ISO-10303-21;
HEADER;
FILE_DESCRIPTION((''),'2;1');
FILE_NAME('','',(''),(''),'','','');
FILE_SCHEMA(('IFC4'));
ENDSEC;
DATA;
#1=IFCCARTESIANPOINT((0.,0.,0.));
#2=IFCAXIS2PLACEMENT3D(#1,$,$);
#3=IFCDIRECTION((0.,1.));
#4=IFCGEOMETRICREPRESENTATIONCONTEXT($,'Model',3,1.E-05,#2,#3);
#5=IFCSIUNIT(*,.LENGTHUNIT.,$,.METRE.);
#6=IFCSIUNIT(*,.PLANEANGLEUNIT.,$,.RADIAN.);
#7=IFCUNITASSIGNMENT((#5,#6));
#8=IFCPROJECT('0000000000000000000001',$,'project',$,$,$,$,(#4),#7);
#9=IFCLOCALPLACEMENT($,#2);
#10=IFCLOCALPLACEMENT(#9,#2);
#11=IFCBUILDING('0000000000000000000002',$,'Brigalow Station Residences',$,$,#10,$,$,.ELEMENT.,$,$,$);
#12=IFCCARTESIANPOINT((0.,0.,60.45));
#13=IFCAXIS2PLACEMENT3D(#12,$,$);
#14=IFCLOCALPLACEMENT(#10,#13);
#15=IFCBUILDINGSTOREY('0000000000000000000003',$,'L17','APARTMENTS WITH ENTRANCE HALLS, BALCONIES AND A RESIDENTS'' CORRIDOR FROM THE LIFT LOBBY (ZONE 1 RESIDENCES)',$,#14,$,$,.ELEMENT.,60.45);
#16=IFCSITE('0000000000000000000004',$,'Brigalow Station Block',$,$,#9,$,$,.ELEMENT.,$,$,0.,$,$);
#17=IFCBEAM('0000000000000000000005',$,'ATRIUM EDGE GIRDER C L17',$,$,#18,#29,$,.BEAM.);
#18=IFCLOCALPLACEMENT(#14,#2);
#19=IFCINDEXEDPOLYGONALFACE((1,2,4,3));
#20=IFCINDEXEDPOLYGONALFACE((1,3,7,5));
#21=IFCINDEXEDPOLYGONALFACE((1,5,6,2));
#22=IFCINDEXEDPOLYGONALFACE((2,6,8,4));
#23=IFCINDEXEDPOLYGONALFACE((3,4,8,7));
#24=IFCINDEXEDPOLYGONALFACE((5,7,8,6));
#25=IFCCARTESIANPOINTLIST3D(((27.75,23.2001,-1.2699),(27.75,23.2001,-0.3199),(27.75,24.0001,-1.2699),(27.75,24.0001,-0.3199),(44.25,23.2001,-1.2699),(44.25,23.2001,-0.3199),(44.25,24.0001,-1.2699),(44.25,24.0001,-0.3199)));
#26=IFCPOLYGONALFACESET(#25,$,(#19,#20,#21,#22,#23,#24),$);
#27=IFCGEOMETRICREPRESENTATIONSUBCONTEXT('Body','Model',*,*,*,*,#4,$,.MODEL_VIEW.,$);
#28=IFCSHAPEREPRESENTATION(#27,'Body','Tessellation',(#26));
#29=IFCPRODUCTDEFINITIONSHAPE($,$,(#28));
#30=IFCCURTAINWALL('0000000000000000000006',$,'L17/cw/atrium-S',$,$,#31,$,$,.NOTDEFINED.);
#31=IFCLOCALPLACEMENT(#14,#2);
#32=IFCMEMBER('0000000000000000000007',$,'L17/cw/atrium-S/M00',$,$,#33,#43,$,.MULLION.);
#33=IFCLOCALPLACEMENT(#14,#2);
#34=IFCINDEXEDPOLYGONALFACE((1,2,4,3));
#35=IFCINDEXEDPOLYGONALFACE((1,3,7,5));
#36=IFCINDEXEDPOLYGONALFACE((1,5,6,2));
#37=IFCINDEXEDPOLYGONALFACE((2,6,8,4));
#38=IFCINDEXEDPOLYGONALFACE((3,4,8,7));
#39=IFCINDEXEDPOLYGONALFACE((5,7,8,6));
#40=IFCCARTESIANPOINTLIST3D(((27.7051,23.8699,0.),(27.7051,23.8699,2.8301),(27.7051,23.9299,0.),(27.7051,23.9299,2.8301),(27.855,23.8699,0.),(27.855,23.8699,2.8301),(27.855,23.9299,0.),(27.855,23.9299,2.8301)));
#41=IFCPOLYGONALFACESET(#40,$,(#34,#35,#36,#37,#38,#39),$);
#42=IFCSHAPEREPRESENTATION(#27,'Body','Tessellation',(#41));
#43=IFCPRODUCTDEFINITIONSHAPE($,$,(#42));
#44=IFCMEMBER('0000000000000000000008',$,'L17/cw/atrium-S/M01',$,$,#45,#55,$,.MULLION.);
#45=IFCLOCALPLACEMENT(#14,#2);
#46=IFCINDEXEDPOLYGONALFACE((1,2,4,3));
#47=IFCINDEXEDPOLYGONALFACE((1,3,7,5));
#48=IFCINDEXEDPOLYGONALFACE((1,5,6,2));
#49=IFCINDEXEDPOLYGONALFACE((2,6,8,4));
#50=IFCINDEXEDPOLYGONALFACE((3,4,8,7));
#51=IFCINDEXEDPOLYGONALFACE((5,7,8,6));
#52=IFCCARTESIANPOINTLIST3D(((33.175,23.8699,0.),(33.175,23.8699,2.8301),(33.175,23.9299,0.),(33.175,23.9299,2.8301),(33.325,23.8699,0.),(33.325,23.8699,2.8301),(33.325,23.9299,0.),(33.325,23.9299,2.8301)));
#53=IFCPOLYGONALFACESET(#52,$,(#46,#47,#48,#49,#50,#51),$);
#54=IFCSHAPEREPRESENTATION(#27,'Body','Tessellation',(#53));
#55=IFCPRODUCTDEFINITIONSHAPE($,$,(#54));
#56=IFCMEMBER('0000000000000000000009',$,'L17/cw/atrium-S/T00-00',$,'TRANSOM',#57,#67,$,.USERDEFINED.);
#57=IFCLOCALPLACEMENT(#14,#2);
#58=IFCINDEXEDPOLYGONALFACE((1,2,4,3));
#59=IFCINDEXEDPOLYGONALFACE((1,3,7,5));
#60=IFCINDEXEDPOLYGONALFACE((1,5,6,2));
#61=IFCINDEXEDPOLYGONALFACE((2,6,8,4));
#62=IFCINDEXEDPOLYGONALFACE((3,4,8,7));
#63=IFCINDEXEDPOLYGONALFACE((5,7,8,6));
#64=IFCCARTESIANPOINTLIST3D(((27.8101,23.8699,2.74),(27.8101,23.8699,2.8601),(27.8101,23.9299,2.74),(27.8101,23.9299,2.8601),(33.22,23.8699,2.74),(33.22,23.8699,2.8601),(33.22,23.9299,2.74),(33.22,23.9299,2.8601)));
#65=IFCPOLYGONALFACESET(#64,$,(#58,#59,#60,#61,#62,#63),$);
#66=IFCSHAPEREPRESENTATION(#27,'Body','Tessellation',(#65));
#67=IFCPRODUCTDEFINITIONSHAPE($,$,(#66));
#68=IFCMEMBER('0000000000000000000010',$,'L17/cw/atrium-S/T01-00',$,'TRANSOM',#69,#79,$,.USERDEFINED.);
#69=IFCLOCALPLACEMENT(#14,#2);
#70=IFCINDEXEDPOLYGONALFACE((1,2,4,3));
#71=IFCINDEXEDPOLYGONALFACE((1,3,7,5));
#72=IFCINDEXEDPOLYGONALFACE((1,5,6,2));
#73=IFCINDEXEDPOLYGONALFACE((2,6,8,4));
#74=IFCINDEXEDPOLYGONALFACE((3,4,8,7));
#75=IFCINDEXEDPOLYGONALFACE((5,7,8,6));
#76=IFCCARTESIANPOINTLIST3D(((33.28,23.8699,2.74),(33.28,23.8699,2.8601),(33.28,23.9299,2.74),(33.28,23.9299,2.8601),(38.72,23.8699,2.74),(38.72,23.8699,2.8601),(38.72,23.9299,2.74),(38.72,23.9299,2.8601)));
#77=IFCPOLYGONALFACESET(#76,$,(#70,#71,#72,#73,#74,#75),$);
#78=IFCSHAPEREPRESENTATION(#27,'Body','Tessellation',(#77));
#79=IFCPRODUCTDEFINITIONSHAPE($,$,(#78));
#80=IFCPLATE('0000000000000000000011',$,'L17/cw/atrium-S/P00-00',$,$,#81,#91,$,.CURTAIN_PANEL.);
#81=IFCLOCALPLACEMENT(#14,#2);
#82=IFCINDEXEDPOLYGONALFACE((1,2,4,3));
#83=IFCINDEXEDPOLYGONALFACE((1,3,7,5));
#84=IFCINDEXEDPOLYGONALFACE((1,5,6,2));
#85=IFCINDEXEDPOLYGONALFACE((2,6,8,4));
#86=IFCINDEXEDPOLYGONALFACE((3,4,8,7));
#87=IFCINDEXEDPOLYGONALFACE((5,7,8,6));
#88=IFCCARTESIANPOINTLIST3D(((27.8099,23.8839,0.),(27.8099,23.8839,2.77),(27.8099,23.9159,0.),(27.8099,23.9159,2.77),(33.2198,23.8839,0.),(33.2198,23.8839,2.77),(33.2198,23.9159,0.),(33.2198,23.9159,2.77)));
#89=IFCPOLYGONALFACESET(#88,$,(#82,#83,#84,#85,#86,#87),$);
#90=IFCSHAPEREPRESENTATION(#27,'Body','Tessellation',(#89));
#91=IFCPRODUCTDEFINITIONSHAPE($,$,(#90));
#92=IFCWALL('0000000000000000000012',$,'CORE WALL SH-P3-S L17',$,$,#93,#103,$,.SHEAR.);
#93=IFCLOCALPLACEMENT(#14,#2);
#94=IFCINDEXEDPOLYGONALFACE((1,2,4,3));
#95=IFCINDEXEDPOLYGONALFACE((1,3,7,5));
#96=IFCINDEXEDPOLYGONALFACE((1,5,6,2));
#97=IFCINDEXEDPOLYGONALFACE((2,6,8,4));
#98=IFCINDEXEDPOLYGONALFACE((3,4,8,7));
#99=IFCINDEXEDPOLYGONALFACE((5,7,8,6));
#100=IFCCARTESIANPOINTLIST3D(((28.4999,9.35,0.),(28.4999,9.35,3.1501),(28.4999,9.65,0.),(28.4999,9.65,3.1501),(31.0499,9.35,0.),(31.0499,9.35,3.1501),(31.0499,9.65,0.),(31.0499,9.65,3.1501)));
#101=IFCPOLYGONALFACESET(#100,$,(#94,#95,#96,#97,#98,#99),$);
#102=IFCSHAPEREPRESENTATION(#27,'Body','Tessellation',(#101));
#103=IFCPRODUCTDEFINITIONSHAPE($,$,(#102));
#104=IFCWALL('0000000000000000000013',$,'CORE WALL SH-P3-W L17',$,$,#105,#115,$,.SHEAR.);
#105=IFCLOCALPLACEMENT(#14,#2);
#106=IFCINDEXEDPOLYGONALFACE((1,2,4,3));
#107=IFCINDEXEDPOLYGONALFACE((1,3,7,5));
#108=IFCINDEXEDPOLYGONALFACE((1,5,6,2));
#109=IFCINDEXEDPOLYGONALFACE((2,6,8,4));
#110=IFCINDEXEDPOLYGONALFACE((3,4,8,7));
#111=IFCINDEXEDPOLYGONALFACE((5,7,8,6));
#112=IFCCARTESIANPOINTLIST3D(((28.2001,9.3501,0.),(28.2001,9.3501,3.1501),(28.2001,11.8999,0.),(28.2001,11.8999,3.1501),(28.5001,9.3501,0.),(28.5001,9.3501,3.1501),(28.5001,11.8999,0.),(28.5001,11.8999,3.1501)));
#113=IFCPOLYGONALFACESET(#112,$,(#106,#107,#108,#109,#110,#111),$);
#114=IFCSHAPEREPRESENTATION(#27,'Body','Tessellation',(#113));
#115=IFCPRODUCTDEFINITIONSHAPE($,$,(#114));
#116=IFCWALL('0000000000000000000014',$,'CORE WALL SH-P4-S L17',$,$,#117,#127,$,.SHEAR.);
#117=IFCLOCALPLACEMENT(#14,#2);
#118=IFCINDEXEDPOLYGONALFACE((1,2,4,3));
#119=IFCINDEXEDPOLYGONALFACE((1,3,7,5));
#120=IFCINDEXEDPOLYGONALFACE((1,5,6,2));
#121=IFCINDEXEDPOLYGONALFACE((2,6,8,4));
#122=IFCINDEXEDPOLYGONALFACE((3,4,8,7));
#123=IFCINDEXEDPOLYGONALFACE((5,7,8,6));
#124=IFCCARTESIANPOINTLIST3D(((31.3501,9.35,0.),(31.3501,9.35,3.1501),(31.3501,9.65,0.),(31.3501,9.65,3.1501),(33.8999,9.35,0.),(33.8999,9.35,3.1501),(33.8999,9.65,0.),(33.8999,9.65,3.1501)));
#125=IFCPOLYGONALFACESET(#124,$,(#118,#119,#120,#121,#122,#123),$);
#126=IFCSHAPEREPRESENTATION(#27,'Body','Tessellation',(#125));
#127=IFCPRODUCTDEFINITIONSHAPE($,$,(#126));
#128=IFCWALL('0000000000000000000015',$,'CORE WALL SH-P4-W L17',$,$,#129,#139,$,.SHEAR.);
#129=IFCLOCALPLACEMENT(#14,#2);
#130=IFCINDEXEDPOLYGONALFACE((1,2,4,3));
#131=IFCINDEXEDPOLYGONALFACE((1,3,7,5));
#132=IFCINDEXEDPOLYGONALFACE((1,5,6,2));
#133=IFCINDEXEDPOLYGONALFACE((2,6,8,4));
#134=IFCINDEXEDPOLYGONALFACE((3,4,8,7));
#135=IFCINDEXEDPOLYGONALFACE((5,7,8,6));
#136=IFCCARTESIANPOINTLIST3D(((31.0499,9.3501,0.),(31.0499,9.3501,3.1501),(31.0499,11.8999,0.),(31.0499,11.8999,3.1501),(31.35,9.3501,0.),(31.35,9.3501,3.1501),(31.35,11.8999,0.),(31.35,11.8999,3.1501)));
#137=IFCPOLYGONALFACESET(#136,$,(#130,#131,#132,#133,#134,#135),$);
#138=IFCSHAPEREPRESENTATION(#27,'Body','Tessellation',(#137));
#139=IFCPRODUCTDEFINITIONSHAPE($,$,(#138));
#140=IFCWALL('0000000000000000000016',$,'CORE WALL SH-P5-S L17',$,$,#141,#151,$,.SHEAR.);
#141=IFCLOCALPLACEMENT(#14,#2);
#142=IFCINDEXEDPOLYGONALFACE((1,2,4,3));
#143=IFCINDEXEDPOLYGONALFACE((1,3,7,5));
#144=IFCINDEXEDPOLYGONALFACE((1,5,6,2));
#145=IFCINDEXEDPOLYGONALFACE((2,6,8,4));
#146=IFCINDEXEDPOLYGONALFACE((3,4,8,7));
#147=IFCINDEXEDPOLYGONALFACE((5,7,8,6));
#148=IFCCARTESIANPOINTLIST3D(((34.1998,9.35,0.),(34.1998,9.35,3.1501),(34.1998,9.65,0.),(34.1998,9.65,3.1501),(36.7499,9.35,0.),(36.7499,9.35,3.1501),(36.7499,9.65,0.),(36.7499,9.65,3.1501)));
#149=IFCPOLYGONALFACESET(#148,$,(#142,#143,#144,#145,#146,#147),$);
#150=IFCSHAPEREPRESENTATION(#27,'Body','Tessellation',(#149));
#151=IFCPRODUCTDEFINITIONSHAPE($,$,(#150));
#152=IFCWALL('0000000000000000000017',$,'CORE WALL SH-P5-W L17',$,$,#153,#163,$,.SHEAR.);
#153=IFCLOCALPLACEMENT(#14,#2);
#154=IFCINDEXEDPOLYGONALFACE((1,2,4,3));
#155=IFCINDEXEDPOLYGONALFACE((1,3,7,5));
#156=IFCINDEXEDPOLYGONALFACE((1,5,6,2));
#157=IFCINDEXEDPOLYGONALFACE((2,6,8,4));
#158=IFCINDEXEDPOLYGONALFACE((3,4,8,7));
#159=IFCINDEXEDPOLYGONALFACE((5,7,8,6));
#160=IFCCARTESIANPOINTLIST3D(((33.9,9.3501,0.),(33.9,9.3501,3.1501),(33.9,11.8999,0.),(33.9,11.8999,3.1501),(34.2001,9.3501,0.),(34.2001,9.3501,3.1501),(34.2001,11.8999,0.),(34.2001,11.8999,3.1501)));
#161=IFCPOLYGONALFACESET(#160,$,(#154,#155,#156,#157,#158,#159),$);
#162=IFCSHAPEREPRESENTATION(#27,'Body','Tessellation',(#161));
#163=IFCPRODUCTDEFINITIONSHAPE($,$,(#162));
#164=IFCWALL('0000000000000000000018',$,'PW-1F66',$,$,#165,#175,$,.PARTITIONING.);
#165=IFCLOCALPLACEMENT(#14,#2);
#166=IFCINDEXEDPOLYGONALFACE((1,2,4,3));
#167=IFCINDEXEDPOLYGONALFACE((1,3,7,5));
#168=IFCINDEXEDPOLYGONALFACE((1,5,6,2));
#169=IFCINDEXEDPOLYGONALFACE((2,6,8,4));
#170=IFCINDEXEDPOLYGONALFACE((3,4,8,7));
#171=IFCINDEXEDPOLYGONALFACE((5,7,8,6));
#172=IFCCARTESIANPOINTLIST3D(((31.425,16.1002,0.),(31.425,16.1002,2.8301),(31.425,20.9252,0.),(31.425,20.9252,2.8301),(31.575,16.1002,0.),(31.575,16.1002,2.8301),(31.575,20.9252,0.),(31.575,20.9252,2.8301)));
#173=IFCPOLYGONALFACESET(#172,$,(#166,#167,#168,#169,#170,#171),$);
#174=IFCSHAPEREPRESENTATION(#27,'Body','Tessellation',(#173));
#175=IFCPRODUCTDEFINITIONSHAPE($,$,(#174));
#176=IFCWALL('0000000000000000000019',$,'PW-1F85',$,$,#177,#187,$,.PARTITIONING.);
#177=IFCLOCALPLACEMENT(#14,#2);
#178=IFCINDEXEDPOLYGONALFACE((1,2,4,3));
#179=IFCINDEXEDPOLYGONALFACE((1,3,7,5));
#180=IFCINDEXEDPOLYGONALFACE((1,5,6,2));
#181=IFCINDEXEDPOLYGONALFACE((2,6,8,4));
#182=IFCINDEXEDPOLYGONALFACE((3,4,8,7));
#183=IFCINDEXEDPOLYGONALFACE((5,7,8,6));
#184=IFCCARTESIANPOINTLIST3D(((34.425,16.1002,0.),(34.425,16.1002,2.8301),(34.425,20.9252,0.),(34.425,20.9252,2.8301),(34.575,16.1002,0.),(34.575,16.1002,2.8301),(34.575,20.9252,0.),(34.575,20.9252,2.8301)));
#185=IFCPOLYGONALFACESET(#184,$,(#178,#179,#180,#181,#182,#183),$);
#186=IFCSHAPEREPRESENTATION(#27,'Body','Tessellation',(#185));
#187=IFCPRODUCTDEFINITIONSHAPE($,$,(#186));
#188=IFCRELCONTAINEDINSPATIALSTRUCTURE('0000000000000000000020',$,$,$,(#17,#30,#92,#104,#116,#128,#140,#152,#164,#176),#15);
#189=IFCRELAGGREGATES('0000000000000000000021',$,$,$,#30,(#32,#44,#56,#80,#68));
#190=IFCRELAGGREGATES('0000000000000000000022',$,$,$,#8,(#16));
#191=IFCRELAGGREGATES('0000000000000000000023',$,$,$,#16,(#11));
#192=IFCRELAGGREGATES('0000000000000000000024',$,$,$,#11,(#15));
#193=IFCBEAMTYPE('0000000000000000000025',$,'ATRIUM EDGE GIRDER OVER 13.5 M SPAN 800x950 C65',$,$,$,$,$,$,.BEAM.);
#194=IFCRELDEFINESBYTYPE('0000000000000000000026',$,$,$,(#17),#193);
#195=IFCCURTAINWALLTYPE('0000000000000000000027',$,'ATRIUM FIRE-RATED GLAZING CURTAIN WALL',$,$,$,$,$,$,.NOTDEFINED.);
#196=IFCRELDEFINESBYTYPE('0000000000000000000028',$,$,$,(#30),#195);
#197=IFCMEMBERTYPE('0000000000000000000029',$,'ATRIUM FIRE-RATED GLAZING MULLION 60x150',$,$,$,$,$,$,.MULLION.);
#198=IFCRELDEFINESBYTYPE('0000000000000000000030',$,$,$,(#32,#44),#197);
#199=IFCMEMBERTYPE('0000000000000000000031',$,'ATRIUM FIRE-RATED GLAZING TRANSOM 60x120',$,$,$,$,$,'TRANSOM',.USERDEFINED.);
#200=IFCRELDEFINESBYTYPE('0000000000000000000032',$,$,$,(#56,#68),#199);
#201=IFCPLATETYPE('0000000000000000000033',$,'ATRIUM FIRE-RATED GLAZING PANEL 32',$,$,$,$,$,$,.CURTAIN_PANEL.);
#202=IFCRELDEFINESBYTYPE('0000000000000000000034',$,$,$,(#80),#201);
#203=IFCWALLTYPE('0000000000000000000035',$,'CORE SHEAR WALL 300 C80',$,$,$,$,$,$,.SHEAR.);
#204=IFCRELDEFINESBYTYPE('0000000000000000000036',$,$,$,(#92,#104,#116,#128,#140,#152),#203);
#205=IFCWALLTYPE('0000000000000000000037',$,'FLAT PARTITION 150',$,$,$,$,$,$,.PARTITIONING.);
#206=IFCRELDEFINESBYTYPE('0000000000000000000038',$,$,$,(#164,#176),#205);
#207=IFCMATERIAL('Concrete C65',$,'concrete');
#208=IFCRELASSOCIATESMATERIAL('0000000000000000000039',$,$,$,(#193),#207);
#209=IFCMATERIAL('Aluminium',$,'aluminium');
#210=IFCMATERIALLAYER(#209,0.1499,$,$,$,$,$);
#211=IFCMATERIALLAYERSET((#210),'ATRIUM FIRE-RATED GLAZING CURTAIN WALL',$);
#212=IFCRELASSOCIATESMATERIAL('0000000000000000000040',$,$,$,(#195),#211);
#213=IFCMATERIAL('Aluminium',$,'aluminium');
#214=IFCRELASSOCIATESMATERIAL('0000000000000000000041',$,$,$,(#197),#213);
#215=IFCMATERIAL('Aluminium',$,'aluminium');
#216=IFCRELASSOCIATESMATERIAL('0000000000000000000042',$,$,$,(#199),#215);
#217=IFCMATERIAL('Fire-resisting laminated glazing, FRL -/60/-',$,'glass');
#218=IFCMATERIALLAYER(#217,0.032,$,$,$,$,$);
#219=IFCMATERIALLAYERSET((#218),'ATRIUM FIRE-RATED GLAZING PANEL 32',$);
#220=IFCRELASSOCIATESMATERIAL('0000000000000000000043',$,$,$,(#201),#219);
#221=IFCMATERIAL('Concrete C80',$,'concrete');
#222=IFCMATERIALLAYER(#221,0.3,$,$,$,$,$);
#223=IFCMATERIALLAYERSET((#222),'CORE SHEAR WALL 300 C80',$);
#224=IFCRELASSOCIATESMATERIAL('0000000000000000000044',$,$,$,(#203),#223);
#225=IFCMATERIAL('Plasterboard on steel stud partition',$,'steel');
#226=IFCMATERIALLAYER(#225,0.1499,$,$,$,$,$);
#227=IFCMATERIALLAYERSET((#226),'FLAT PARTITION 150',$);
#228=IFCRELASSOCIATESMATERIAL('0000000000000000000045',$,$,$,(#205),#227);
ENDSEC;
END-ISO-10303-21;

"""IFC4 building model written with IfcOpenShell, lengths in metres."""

from ifc_helpers import new_model, si_unit, direction, frame, frame_2d, origin, origin_2d, place, context, subcontext, project, spatial, rectangle, extrude, material, layer, layer_set, material_profile, profile_set, type_object, element, aggregate, save


model = new_model("IFC4")

# Units and contexts
model_context = context("Model", 3, precision=1e-05, world=origin(), true_north=direction((0.0, 1.0)))
body_context = subcontext(model_context, "Body", "Model", "MODEL_VIEW")
ifc_project = project(units=[si_unit("LENGTHUNIT", "METRE"), si_unit("PLANEANGLEUNIT", "RADIAN")], contexts=[model_context])

# Site, building, storey
site_placement = place(None, origin())
site = spatial("IfcSite", under=ifc_project, at=site_placement, Name="Brigalow Station Block", CompositionType="ELEMENT", RefElevation=0.0)
building_placement = place(site_placement, origin())
building = spatial("IfcBuilding", under=site, at=building_placement, Name="Brigalow Station Residences", CompositionType="ELEMENT")
storey_placement = place(building_placement, frame((0.0, 0.0, 60.45)))
storey = spatial("IfcBuildingStorey", under=building, at=storey_placement, Name="L17", Description="APARTMENTS WITH ENTRANCE HALLS, BALCONIES AND A RESIDENTS' CORRIDOR FROM THE LIFT LOBBY (ZONE 1 RESIDENCES)", CompositionType="ELEMENT", Elevation=60.45)

# Beam
ifc_material_1 = material(Name="Concrete C65", Category="concrete")
ifc_material_profile_1 = material_profile(ifc_material_1, rectangle(XDim=0.8, YDim=0.95, at=origin_2d()), Name="RC800x950")
ifc_profile_set_1 = profile_set([ifc_material_profile_1], Name="Concrete C65")
beam_type = type_object("IfcBeamType", Name="ATRIUM EDGE GIRDER OVER 13.5 M SPAN 800x950 C65", PredefinedType="BEAM", material=ifc_profile_set_1)
beam_placement = place(storey_placement, frame((27.75, 23.6001, -0.7949), z_axis=(1.0, 0.0, 0.0), x_axis=(0.0, 1.0, 0.0)))
element("IfcBeam", 1, at=beam_placement, inside=storey, type_object=beam_type, Name="ATRIUM EDGE GIRDER C L17", PredefinedType="BEAM", context=body_context, shape_type="SweptSolid", body=[
    extrude(rectangle(XDim=0.8, YDim=0.95, at=origin_2d()), origin(), (0.0, 0.0, 1.0), 16.5),
])

# Curtain wall, members, plate
ifc_material_2 = material(Name="Aluminium", Category="aluminium")
ifc_layer_1 = layer(ifc_material_2, 0.1499)
ifc_layer_set_1 = layer_set([ifc_layer_1], Name="ATRIUM FIRE-RATED GLAZING CURTAIN WALL")
curtain_wall_type = type_object("IfcCurtainWallType", Name="ATRIUM FIRE-RATED GLAZING CURTAIN WALL", PredefinedType="NOTDEFINED", material=ifc_layer_set_1)
curtain_wall_placement = place(storey_placement, origin())
curtain_wall = element("IfcCurtainWall", 2, at=curtain_wall_placement, inside=storey, type_object=curtain_wall_type, Name="L17/cw/atrium-S", PredefinedType="NOTDEFINED")
ifc_material_3 = material(Name="Aluminium", Category="aluminium")
ifc_material_profile_2 = material_profile(ifc_material_3, rectangle(XDim=0.0601, YDim=0.1499, at=origin_2d()), Name="ATRIUM FIRE-RATED GLAZING MULLION 60x150")
ifc_profile_set_2 = profile_set([ifc_material_profile_2], Name="Aluminium")
member_type_1 = type_object("IfcMemberType", Name="ATRIUM FIRE-RATED GLAZING MULLION 60x150", PredefinedType="MULLION", material=ifc_profile_set_2)
member_1_placement = place(storey_placement, frame((27.78, 23.8999, 0.0), z_axis=(0.0, 0.0, 1.0), x_axis=(0.0, 1.0, 0.0)))
member_1 = element("IfcMember", 3, at=member_1_placement, type_object=member_type_1, Name="L17/cw/atrium-S/M00", PredefinedType="MULLION", context=body_context, shape_type="SweptSolid", body=[
    extrude(rectangle(XDim=0.0601, YDim=0.1499, at=origin_2d()), origin(), (0.0, 0.0, 1.0), 2.8301),
])
member_2_placement = place(storey_placement, frame((33.25, 23.8999, 0.0), z_axis=(0.0, 0.0, 1.0), x_axis=(0.0, 1.0, 0.0)))
member_2 = element("IfcMember", 4, at=member_2_placement, type_object=member_type_1, Name="L17/cw/atrium-S/M01", PredefinedType="MULLION", context=body_context, shape_type="SweptSolid", body=[
    extrude(rectangle(XDim=0.0601, YDim=0.1499, at=origin_2d()), origin(), (0.0, 0.0, 1.0), 2.8301),
])
ifc_material_4 = material(Name="Aluminium", Category="aluminium")
ifc_material_profile_3 = material_profile(ifc_material_4, rectangle(XDim=0.0601, YDim=0.1201, at=origin_2d()), Name="ATRIUM FIRE-RATED GLAZING TRANSOM 60x120")
ifc_profile_set_3 = profile_set([ifc_material_profile_3], Name="Aluminium")
member_type_2 = type_object("IfcMemberType", Name="ATRIUM FIRE-RATED GLAZING TRANSOM 60x120", ElementType="TRANSOM", PredefinedType="USERDEFINED", material=ifc_profile_set_3)
member_3_placement = place(storey_placement, frame((27.8101, 23.8999, 2.8), z_axis=(1.0, 0.0, 0.0), x_axis=(0.0, 1.0, 0.0)))
member_3 = element("IfcMember", 5, at=member_3_placement, type_object=member_type_2, Name="L17/cw/atrium-S/T00-00", ObjectType="TRANSOM", PredefinedType="USERDEFINED", context=body_context, shape_type="SweptSolid", body=[
    extrude(rectangle(XDim=0.0601, YDim=0.1201, at=origin_2d()), origin(), (0.0, 0.0, 1.0), 5.4099),
])
member_4_placement = place(storey_placement, frame((33.28, 23.8999, 2.8), z_axis=(1.0, 0.0, 0.0), x_axis=(0.0, 1.0, 0.0)))
member_4 = element("IfcMember", 6, at=member_4_placement, type_object=member_type_2, Name="L17/cw/atrium-S/T01-00", ObjectType="TRANSOM", PredefinedType="USERDEFINED", context=body_context, shape_type="SweptSolid", body=[
    extrude(rectangle(XDim=0.0601, YDim=0.1201, at=origin_2d()), origin(), (0.0, 0.0, 1.0), 5.4399),
])
ifc_material_5 = material(Name="Fire-resisting laminated glazing, FRL -/60/-", Category="glass")
ifc_layer_2 = layer(ifc_material_5, 0.032)
ifc_layer_set_2 = layer_set([ifc_layer_2], Name="ATRIUM FIRE-RATED GLAZING PANEL 32")
plate_type = type_object("IfcPlateType", Name="ATRIUM FIRE-RATED GLAZING PANEL 32", PredefinedType="CURTAIN_PANEL", material=ifc_layer_set_2)
plate_placement = place(storey_placement, frame((30.5149, 23.8999, 0.0), z_axis=(0.0, 0.0, 1.0), x_axis=(1.0, 0.0, 0.0)))
plate = element("IfcPlate", 7, at=plate_placement, type_object=plate_type, Name="L17/cw/atrium-S/P00-00", PredefinedType="CURTAIN_PANEL", context=body_context, shape_type="SweptSolid", body=[
    extrude(rectangle(XDim=5.4099, YDim=0.032, at=origin_2d()), origin(), (0.0, 0.0, 1.0), 2.77),
])
aggregate(curtain_wall, [member_1, member_2, member_3, plate, member_4])

# Walls
ifc_material_6 = material(Name="Concrete C80", Category="concrete")
ifc_layer_3 = layer(ifc_material_6, 0.3)
ifc_layer_set_3 = layer_set([ifc_layer_3], Name="CORE SHEAR WALL 300 C80")
wall_type_1 = type_object("IfcWallType", Name="CORE SHEAR WALL 300 C80", PredefinedType="SHEAR", material=ifc_layer_set_3)
wall_1_placement = place(storey_placement, frame((28.5, 9.5, 0.0), z_axis=(0.0, 0.0, 1.0), x_axis=(1.0, 0.0, 0.0)))
element("IfcWall", 8, at=wall_1_placement, inside=storey, type_object=wall_type_1, Name="CORE WALL SH-P3-S L17", PredefinedType="SHEAR", context=body_context, shape_type="SweptSolid", body=[
    extrude(rectangle(XDim=2.55, YDim=0.3, at=frame_2d((1.2749, 0.0))), origin(), (0.0, 0.0, 1.0), 3.1501),
])
for number, where, z_axis, x_axis, name in (
    (9, (28.3501, 9.3501, 0.0), (0.0, 0.0, 1.0), (0.0, 1.0, 0.0), "CORE WALL SH-P3-W L17"),
    (10, (31.3501, 9.5, 0.0), (0.0, 0.0, 1.0), (1.0, 0.0, 0.0), "CORE WALL SH-P4-S L17"),
    (11, (31.2, 9.3501, 0.0), (0.0, 0.0, 1.0), (0.0, 1.0, 0.0), "CORE WALL SH-P4-W L17"),
):
    element("IfcWall", number, at=place(storey_placement, frame(where, z_axis=z_axis, x_axis=x_axis)), inside=storey, type_object=wall_type_1, Name=name, PredefinedType="SHEAR", context=body_context, shape_type="SweptSolid", body=[
        extrude(rectangle(XDim=2.5498, YDim=0.3, at=frame_2d((1.2749, 0.0))), origin(), (0.0, 0.0, 1.0), 3.1501),
    ])
wall_2_placement = place(storey_placement, frame((34.2, 9.5, 0.0), z_axis=(0.0, 0.0, 1.0), x_axis=(1.0, 0.0, 0.0)))
element("IfcWall", 12, at=wall_2_placement, inside=storey, type_object=wall_type_1, Name="CORE WALL SH-P5-S L17", PredefinedType="SHEAR", context=body_context, shape_type="SweptSolid", body=[
    extrude(rectangle(XDim=2.55, YDim=0.3, at=frame_2d((1.2749, 0.0))), origin(), (0.0, 0.0, 1.0), 3.1501),
])
wall_3_placement = place(storey_placement, frame((34.05, 9.3501, 0.0), z_axis=(0.0, 0.0, 1.0), x_axis=(0.0, 1.0, 0.0)))
element("IfcWall", 13, at=wall_3_placement, inside=storey, type_object=wall_type_1, Name="CORE WALL SH-P5-W L17", PredefinedType="SHEAR", context=body_context, shape_type="SweptSolid", body=[
    extrude(rectangle(XDim=2.5498, YDim=0.3, at=frame_2d((1.2749, 0.0))), origin(), (0.0, 0.0, 1.0), 3.1501),
])
ifc_material_7 = material(Name="Plasterboard on steel stud partition", Category="steel")
ifc_layer_4 = layer(ifc_material_7, 0.1499)
ifc_layer_set_4 = layer_set([ifc_layer_4], Name="FLAT PARTITION 150")
wall_type_2 = type_object("IfcWallType", Name="FLAT PARTITION 150", PredefinedType="PARTITIONING", material=ifc_layer_set_4)
for number, where, z_axis, x_axis, name in (
    (14, (31.5, 16.1001, 0.0), (0.0, 0.0, 1.0), (0.0, 1.0, 0.0), "PW-1F66"),
    (15, (34.5, 16.1001, 0.0), (0.0, 0.0, 1.0), (0.0, 1.0, 0.0), "PW-1F85"),
):
    element("IfcWall", number, at=place(storey_placement, frame(where, z_axis=z_axis, x_axis=x_axis)), inside=storey, type_object=wall_type_2, Name=name, PredefinedType="PARTITIONING", context=body_context, shape_type="SweptSolid", body=[
        extrude(rectangle(XDim=4.825, YDim=0.1499, at=frame_2d((2.4126, 0.0))), origin(), (0.0, 0.0, 1.0), 2.8301),
    ])

save(model, "model.ifc")
